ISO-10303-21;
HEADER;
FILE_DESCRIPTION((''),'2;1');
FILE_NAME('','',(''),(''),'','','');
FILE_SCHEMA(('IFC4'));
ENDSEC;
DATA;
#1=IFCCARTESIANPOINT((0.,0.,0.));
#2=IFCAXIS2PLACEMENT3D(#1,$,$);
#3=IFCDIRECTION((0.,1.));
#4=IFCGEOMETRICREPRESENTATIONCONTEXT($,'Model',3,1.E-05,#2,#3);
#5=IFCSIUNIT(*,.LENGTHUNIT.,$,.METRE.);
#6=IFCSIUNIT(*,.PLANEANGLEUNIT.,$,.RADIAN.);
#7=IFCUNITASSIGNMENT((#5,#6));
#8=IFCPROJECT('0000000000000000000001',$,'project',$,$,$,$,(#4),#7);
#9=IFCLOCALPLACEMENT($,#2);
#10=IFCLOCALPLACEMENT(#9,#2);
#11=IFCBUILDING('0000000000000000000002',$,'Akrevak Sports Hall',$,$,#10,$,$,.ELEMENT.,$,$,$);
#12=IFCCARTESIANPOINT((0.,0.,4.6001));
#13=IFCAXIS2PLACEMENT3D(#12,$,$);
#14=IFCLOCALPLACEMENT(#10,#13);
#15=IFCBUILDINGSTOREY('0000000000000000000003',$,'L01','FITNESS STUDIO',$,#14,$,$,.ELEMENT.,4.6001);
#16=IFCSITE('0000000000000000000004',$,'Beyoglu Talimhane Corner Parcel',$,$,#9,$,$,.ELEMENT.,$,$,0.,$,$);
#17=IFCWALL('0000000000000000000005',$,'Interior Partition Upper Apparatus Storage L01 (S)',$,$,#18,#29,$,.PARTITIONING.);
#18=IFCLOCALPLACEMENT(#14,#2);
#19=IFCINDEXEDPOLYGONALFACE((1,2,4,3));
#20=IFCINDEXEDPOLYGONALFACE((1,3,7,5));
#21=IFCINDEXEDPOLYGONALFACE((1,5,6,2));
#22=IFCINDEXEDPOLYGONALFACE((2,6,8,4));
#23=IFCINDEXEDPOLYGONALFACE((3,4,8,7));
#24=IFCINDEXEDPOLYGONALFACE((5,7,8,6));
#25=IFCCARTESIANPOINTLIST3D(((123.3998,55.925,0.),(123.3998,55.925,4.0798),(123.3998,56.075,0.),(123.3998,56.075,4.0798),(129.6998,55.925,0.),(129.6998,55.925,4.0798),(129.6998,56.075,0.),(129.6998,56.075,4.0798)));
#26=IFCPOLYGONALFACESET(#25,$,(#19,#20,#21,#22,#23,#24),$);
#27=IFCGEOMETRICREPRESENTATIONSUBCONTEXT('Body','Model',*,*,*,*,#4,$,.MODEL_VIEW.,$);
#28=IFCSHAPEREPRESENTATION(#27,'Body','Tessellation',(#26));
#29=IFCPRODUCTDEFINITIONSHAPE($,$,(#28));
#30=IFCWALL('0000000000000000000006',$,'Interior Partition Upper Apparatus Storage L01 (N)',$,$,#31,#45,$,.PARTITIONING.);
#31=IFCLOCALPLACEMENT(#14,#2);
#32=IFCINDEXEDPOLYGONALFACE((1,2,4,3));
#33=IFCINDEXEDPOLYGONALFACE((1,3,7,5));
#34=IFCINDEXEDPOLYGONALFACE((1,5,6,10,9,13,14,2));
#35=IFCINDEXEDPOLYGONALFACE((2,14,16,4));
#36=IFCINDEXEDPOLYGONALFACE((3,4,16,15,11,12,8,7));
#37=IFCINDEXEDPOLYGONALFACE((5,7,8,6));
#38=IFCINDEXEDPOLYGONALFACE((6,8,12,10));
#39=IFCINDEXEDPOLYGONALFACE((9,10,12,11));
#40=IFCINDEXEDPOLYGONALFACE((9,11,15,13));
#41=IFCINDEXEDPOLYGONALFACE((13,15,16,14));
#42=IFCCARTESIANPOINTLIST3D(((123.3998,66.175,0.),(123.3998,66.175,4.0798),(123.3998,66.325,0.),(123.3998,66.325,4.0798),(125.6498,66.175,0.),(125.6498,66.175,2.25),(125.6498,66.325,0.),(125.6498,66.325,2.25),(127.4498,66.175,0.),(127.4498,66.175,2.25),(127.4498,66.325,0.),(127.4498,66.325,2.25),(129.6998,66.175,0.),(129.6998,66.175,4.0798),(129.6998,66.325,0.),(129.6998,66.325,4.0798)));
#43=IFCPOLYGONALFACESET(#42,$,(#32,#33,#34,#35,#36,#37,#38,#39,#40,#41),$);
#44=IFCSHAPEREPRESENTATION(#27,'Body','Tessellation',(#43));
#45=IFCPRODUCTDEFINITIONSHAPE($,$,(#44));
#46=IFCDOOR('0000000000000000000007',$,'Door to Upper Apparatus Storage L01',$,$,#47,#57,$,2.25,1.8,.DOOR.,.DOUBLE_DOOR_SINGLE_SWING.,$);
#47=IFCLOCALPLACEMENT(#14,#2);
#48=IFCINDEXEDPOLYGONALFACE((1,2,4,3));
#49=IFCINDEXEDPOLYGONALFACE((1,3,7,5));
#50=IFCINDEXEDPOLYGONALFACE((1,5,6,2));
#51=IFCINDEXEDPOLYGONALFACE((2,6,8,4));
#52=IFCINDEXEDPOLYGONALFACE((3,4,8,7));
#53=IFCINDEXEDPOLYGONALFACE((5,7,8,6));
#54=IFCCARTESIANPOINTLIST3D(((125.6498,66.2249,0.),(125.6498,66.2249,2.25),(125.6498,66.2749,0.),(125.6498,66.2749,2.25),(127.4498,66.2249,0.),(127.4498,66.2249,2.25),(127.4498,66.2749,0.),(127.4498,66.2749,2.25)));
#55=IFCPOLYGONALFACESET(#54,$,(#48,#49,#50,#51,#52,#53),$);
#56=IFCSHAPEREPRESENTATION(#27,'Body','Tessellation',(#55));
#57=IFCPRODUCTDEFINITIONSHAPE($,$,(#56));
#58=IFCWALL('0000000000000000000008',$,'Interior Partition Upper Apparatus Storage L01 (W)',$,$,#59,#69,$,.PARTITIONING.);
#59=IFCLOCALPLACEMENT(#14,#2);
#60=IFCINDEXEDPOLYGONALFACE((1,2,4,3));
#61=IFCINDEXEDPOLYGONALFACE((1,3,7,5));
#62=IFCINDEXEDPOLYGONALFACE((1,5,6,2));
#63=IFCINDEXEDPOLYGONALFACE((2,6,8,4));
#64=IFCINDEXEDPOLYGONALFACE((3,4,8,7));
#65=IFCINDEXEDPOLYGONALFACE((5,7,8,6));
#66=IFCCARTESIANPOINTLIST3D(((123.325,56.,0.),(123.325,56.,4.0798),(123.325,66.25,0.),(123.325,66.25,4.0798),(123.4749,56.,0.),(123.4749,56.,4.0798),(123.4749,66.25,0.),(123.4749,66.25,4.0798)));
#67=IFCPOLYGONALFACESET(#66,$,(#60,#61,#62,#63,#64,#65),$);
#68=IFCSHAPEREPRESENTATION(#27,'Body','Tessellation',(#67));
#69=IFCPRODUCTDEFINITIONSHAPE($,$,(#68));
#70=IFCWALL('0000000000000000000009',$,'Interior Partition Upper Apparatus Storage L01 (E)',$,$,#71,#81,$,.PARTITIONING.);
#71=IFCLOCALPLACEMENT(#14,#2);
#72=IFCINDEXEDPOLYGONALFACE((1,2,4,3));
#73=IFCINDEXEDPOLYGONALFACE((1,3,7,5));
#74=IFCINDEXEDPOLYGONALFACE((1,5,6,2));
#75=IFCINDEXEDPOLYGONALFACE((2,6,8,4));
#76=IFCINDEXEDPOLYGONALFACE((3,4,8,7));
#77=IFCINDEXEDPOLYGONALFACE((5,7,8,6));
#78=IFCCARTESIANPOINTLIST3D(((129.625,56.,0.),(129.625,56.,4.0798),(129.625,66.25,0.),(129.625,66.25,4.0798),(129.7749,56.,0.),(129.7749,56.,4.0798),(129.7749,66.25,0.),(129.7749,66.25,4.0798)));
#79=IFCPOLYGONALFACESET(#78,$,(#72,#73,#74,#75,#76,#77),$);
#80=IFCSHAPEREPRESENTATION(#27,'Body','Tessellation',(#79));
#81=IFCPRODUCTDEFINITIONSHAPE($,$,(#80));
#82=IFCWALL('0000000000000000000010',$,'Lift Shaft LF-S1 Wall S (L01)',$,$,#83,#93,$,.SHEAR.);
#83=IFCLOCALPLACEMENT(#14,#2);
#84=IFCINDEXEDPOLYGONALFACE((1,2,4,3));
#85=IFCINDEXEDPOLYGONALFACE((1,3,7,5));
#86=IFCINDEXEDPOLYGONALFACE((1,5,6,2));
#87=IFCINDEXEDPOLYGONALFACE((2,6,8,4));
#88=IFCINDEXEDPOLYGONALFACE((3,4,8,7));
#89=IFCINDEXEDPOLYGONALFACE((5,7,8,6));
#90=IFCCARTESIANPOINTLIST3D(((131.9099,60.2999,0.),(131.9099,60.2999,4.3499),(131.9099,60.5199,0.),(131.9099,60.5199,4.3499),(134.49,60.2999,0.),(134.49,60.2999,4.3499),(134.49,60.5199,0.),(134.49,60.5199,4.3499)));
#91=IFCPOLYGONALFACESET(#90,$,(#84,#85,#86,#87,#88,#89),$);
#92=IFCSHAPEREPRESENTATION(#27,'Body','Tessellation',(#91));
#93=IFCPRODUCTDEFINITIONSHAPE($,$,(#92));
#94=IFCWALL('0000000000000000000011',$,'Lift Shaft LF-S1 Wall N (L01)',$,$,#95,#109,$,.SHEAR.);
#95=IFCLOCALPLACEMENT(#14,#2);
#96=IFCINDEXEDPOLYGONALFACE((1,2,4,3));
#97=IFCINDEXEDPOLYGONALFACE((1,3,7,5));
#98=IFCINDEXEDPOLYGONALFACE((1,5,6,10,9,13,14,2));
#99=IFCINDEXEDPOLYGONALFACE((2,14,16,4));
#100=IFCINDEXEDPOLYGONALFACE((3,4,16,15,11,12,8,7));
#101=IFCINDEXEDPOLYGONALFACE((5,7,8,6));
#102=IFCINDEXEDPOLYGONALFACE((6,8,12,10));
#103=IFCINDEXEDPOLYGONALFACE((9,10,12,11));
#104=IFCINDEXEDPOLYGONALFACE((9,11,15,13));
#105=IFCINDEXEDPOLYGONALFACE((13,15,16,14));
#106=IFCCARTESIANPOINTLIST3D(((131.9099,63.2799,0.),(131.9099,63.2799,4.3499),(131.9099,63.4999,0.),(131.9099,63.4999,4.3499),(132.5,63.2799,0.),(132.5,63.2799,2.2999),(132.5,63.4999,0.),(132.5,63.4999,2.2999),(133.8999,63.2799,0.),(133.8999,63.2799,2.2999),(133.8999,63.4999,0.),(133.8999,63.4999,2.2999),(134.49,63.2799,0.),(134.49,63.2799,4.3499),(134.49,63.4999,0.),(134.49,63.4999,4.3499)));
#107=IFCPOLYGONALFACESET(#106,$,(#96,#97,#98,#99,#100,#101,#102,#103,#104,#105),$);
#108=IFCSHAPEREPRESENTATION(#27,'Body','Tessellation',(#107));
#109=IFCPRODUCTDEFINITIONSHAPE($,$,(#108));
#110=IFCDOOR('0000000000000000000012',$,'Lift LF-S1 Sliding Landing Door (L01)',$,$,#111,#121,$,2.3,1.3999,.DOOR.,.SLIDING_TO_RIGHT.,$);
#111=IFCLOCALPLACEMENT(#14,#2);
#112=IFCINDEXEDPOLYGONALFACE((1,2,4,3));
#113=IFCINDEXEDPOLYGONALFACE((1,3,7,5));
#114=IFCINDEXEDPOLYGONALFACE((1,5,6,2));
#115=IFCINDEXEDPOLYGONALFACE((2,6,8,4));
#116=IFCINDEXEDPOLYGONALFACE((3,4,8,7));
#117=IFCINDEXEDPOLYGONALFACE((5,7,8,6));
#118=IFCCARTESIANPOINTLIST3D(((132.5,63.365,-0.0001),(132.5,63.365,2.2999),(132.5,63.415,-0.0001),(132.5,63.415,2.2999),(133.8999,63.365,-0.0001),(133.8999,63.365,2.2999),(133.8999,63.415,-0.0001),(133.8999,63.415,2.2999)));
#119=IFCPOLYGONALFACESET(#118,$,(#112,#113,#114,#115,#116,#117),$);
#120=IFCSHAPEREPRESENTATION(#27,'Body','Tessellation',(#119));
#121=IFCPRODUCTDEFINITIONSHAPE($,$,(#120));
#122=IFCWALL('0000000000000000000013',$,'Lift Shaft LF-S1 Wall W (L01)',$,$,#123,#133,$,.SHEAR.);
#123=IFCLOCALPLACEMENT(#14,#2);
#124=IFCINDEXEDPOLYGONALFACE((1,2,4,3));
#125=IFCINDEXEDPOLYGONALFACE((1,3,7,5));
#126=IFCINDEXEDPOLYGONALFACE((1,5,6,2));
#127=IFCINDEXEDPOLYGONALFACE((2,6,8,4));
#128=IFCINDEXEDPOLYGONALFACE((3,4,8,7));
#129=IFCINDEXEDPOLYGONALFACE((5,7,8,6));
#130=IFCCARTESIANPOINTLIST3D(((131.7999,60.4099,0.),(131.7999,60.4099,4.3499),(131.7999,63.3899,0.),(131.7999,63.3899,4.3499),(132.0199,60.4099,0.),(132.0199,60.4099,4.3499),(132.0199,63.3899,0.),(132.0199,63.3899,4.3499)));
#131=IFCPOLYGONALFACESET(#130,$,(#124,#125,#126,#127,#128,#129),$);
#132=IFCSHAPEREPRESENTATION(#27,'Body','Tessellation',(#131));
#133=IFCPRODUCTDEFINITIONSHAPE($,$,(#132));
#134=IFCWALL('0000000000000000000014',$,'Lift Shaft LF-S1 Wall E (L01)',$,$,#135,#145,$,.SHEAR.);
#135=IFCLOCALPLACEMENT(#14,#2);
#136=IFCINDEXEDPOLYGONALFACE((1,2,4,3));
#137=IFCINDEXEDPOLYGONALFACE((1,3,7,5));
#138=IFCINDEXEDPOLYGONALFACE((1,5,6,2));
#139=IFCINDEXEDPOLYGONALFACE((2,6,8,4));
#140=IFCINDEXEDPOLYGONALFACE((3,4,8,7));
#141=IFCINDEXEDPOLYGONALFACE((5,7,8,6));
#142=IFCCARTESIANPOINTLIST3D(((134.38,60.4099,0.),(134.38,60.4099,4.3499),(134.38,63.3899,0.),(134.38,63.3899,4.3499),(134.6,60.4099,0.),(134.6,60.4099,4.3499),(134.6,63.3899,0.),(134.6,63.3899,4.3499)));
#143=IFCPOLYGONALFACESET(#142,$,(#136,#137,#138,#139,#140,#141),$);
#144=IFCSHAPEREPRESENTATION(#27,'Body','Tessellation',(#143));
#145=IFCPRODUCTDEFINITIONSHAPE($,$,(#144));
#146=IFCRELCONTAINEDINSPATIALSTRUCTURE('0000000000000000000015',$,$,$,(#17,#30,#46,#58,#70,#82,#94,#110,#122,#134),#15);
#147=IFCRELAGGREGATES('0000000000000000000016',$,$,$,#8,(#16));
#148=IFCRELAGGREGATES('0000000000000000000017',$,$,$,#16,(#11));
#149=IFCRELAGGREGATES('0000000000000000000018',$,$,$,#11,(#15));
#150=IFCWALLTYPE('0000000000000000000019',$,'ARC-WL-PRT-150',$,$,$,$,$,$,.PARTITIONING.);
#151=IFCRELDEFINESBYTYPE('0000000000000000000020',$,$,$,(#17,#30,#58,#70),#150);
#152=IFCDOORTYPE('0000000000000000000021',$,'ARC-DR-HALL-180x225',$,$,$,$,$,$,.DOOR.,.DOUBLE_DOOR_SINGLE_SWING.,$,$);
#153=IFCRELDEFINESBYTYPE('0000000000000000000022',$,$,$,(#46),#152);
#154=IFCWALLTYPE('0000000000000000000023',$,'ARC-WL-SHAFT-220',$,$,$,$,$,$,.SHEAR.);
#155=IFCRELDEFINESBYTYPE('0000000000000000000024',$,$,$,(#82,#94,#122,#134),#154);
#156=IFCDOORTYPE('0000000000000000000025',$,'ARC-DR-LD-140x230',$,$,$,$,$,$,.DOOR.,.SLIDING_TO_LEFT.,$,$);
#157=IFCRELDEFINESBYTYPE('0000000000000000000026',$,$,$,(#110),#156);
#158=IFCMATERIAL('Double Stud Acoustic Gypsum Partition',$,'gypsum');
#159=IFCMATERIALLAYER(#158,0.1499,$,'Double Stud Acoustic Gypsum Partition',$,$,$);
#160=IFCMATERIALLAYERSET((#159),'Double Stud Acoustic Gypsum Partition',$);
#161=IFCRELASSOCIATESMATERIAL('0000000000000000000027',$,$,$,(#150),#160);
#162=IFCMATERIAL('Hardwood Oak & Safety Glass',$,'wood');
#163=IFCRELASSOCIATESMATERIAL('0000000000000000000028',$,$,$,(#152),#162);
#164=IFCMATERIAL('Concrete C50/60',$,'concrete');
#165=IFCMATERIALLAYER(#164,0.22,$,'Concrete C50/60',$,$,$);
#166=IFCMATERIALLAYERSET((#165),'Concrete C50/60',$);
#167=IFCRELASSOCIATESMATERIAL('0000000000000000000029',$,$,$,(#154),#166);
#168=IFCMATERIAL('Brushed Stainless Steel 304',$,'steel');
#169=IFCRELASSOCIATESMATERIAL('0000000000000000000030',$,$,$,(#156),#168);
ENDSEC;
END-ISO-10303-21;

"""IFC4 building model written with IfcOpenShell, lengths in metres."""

from ifc_helpers import new_model, si_unit, direction, frame, frame_2d, origin, place, context, subcontext, project, spatial, rectangle, extrude, material, layer, layer_set, type_object, element, fill, save


model = new_model("IFC4")

# Units and contexts
model_context = context("Model", 3, precision=1e-05, world=origin(), true_north=direction((0.0, 1.0)))
body_context = subcontext(model_context, "Body", "Model", "MODEL_VIEW")
ifc_project = project(units=[si_unit("LENGTHUNIT", "METRE"), si_unit("PLANEANGLEUNIT", "RADIAN")], contexts=[model_context])

# Site, building, storey
site_placement = place(None, origin())
site = spatial("IfcSite", under=ifc_project, at=site_placement, Name="Beyoglu Talimhane Corner Parcel", CompositionType="ELEMENT", RefElevation=0.0)
building_placement = place(site_placement, origin())
building = spatial("IfcBuilding", under=site, at=building_placement, Name="Akrevak Sports Hall", CompositionType="ELEMENT")
storey_placement = place(building_placement, frame((0.0, 0.0, 4.6001)))
storey = spatial("IfcBuildingStorey", under=building, at=storey_placement, Name="L01", Description="FITNESS STUDIO", CompositionType="ELEMENT", Elevation=4.6001)

# Shared definitions
ifc_material_1 = material(Name="Concrete C50/60", Category="concrete")

# Wall
ifc_material_2 = material(Name="Double Stud Acoustic Gypsum Partition", Category="gypsum")
ifc_layer_1 = layer(ifc_material_2, 0.1499, Name="Double Stud Acoustic Gypsum Partition")
ifc_layer_set_1 = layer_set([ifc_layer_1], Name="Double Stud Acoustic Gypsum Partition")
wall_type_1 = type_object("IfcWallType", Name="ARC-WL-PRT-150", PredefinedType="PARTITIONING", material=ifc_layer_set_1)
wall_1_placement = place(storey_placement, frame((123.3999, 56.0, 0.0), z_axis=(0.0, 0.0, 1.0), x_axis=(1.0, 0.0, 0.0)))
element("IfcWall", 1, at=wall_1_placement, inside=storey, type_object=wall_type_1, Name="Interior Partition Upper Apparatus Storage L01 (S)", PredefinedType="PARTITIONING", context=body_context, shape_type="SweptSolid", body=[
    extrude(rectangle(XDim=6.3, YDim=0.1499, at=frame_2d((3.1499, 0.0))), origin(), (0.0, 0.0, 1.0), 4.0798),
])

# Wall, opening, door
wall_2_placement = place(storey_placement, frame((123.3999, 66.25, 0.0), z_axis=(0.0, 0.0, 1.0), x_axis=(1.0, 0.0, 0.0)))
wall_2 = element("IfcWall", 2, at=wall_2_placement, inside=storey, type_object=wall_type_1, Name="Interior Partition Upper Apparatus Storage L01 (N)", PredefinedType="PARTITIONING", context=body_context, shape_type="SweptSolid", body=[
    extrude(rectangle(XDim=6.3, YDim=0.1499, at=frame_2d((3.1499, 0.0))), origin(), (0.0, 0.0, 1.0), 4.0798),
])
opening_1_placement = place(wall_2_placement, frame((2.25, 0.0, 0.0)))
opening_1 = element("IfcOpeningElement", 3, at=opening_1_placement, cuts=wall_2, PredefinedType="OPENING", context=body_context, shape_type="SweptSolid", body=[
    extrude(rectangle(XDim=1.8, YDim=2.25, at=frame_2d((0.8999, 1.125))), frame((0.0, 0.0869, 0.0), z_axis=(0.0, -1.0, 0.0), x_axis=(1.0, 0.0, 0.0)), (0.0, 0.0, 1.0), 0.1738),
])
ifc_material_3 = material(Name="Hardwood Oak & Safety Glass", Category="wood")
door_type_1 = type_object("IfcDoorType", Name="ARC-DR-HALL-180x225", OperationType="DOUBLE_DOOR_SINGLE_SWING", PredefinedType="DOOR", material=ifc_material_3)
door_1_placement = place(opening_1_placement, origin())
door_1 = element("IfcDoor", 4, at=door_1_placement, inside=storey, type_object=door_type_1, Name="Door to Upper Apparatus Storage L01", OperationType="DOUBLE_DOOR_SINGLE_SWING", OverallHeight=2.25, OverallWidth=1.8, PredefinedType="DOOR", context=body_context, shape_type="SweptSolid", body=[
    extrude(rectangle(XDim=1.8, YDim=2.25, at=frame_2d((0.8999, 1.125))), frame((0.0, 0.0249, 0.0), z_axis=(0.0, -1.0, 0.0), x_axis=(1.0, 0.0, 0.0)), (0.0, 0.0, 1.0), 0.05),
])
fill(opening_1, door_1)

# Walls
for number, where, z_axis, x_axis, name in (
    (5, (123.3999, 56.0, 0.0), (0.0, 0.0, 1.0), (0.0, 1.0, 0.0), "Interior Partition Upper Apparatus Storage L01 (W)"),
    (6, (129.7, 56.0, 0.0), (0.0, 0.0, 1.0), (0.0, 1.0, 0.0), "Interior Partition Upper Apparatus Storage L01 (E)"),
):
    element("IfcWall", number, at=place(storey_placement, frame(where, z_axis=z_axis, x_axis=x_axis)), inside=storey, type_object=wall_type_1, Name=name, PredefinedType="PARTITIONING", context=body_context, shape_type="SweptSolid", body=[
        extrude(rectangle(XDim=10.25, YDim=0.1499, at=frame_2d((5.125, 0.0))), origin(), (0.0, 0.0, 1.0), 4.0798),
    ])
ifc_layer_2 = layer(ifc_material_1, 0.22, Name="Concrete C50/60")
ifc_layer_set_2 = layer_set([ifc_layer_2], Name="Concrete C50/60")
wall_type_2 = type_object("IfcWallType", Name="ARC-WL-SHAFT-220", PredefinedType="SHEAR", material=ifc_layer_set_2)
wall_3_placement = place(storey_placement, frame((131.9099, 60.4099, 0.0), z_axis=(0.0, 0.0, 1.0), x_axis=(1.0, 0.0, 0.0)))
element("IfcWall", 7, at=wall_3_placement, inside=storey, type_object=wall_type_2, Name="Lift Shaft LF-S1 Wall S (L01)", PredefinedType="SHEAR", context=body_context, shape_type="SweptSolid", body=[
    extrude(rectangle(XDim=2.5801, YDim=0.22, at=frame_2d((1.29, 0.0))), origin(), (0.0, 0.0, 1.0), 4.3499),
])

# Wall, opening, door
wall_4_placement = place(storey_placement, frame((134.49, 63.3899, 0.0), z_axis=(0.0, 0.0, 1.0), x_axis=(-1.0, 0.0, 0.0)))
wall_4 = element("IfcWall", 8, at=wall_4_placement, inside=storey, type_object=wall_type_2, Name="Lift Shaft LF-S1 Wall N (L01)", PredefinedType="SHEAR", context=body_context, shape_type="SweptSolid", body=[
    extrude(rectangle(XDim=2.5801, YDim=0.22, at=frame_2d((1.29, 0.0))), origin(), (0.0, 0.0, 1.0), 4.3499),
])
opening_2_placement = place(wall_4_placement, frame((0.5901, 0.0, 0.0)))
opening_2 = element("IfcOpeningElement", 9, at=opening_2_placement, cuts=wall_4, PredefinedType="OPENING", context=body_context, shape_type="SweptSolid", body=[
    extrude(rectangle(XDim=1.3999, YDim=2.3, at=frame_2d((0.7, 1.1499))), frame((0.0, 0.1221, 0.0), z_axis=(0.0, -1.0, 0.0), x_axis=(1.0, 0.0, 0.0)), (0.0, 0.0, 1.0), 0.2439),
])
ifc_material_4 = material(Name="Brushed Stainless Steel 304", Category="steel")
door_type_2 = type_object("IfcDoorType", Name="ARC-DR-LD-140x230", OperationType="SLIDING_TO_LEFT", PredefinedType="DOOR", material=ifc_material_4)
door_2_placement = place(opening_2_placement, origin())
door_2 = element("IfcDoor", 10, at=door_2_placement, inside=storey, type_object=door_type_2, Name="Lift LF-S1 Sliding Landing Door (L01)", OperationType="SLIDING_TO_RIGHT", OverallHeight=2.3, OverallWidth=1.3999, PredefinedType="DOOR", context=body_context, shape_type="SweptSolid", body=[
    extrude(rectangle(XDim=1.3999, YDim=2.3, at=frame_2d((0.7, 1.1499))), frame((0.0, 0.0249, 0.0), z_axis=(0.0, -1.0, 0.0), x_axis=(1.0, 0.0, 0.0)), (0.0, 0.0, 1.0), 0.05),
])
fill(opening_2, door_2)

# Walls
for number, where, z_axis, x_axis, name in (
    (11, (131.9099, 63.3899, 0.0), (0.0, 0.0, 1.0), (0.0, -1.0, 0.0), "Lift Shaft LF-S1 Wall W (L01)"),
    (12, (134.49, 60.4099, 0.0), (0.0, 0.0, 1.0), (0.0, 1.0, 0.0), "Lift Shaft LF-S1 Wall E (L01)"),
):
    element("IfcWall", number, at=place(storey_placement, frame(where, z_axis=z_axis, x_axis=x_axis)), inside=storey, type_object=wall_type_2, Name=name, PredefinedType="SHEAR", context=body_context, shape_type="SweptSolid", body=[
        extrude(rectangle(XDim=2.98, YDim=0.22, at=frame_2d((1.49, 0.0))), origin(), (0.0, 0.0, 1.0), 4.3499),
    ])

save(model, "model.ifc")
